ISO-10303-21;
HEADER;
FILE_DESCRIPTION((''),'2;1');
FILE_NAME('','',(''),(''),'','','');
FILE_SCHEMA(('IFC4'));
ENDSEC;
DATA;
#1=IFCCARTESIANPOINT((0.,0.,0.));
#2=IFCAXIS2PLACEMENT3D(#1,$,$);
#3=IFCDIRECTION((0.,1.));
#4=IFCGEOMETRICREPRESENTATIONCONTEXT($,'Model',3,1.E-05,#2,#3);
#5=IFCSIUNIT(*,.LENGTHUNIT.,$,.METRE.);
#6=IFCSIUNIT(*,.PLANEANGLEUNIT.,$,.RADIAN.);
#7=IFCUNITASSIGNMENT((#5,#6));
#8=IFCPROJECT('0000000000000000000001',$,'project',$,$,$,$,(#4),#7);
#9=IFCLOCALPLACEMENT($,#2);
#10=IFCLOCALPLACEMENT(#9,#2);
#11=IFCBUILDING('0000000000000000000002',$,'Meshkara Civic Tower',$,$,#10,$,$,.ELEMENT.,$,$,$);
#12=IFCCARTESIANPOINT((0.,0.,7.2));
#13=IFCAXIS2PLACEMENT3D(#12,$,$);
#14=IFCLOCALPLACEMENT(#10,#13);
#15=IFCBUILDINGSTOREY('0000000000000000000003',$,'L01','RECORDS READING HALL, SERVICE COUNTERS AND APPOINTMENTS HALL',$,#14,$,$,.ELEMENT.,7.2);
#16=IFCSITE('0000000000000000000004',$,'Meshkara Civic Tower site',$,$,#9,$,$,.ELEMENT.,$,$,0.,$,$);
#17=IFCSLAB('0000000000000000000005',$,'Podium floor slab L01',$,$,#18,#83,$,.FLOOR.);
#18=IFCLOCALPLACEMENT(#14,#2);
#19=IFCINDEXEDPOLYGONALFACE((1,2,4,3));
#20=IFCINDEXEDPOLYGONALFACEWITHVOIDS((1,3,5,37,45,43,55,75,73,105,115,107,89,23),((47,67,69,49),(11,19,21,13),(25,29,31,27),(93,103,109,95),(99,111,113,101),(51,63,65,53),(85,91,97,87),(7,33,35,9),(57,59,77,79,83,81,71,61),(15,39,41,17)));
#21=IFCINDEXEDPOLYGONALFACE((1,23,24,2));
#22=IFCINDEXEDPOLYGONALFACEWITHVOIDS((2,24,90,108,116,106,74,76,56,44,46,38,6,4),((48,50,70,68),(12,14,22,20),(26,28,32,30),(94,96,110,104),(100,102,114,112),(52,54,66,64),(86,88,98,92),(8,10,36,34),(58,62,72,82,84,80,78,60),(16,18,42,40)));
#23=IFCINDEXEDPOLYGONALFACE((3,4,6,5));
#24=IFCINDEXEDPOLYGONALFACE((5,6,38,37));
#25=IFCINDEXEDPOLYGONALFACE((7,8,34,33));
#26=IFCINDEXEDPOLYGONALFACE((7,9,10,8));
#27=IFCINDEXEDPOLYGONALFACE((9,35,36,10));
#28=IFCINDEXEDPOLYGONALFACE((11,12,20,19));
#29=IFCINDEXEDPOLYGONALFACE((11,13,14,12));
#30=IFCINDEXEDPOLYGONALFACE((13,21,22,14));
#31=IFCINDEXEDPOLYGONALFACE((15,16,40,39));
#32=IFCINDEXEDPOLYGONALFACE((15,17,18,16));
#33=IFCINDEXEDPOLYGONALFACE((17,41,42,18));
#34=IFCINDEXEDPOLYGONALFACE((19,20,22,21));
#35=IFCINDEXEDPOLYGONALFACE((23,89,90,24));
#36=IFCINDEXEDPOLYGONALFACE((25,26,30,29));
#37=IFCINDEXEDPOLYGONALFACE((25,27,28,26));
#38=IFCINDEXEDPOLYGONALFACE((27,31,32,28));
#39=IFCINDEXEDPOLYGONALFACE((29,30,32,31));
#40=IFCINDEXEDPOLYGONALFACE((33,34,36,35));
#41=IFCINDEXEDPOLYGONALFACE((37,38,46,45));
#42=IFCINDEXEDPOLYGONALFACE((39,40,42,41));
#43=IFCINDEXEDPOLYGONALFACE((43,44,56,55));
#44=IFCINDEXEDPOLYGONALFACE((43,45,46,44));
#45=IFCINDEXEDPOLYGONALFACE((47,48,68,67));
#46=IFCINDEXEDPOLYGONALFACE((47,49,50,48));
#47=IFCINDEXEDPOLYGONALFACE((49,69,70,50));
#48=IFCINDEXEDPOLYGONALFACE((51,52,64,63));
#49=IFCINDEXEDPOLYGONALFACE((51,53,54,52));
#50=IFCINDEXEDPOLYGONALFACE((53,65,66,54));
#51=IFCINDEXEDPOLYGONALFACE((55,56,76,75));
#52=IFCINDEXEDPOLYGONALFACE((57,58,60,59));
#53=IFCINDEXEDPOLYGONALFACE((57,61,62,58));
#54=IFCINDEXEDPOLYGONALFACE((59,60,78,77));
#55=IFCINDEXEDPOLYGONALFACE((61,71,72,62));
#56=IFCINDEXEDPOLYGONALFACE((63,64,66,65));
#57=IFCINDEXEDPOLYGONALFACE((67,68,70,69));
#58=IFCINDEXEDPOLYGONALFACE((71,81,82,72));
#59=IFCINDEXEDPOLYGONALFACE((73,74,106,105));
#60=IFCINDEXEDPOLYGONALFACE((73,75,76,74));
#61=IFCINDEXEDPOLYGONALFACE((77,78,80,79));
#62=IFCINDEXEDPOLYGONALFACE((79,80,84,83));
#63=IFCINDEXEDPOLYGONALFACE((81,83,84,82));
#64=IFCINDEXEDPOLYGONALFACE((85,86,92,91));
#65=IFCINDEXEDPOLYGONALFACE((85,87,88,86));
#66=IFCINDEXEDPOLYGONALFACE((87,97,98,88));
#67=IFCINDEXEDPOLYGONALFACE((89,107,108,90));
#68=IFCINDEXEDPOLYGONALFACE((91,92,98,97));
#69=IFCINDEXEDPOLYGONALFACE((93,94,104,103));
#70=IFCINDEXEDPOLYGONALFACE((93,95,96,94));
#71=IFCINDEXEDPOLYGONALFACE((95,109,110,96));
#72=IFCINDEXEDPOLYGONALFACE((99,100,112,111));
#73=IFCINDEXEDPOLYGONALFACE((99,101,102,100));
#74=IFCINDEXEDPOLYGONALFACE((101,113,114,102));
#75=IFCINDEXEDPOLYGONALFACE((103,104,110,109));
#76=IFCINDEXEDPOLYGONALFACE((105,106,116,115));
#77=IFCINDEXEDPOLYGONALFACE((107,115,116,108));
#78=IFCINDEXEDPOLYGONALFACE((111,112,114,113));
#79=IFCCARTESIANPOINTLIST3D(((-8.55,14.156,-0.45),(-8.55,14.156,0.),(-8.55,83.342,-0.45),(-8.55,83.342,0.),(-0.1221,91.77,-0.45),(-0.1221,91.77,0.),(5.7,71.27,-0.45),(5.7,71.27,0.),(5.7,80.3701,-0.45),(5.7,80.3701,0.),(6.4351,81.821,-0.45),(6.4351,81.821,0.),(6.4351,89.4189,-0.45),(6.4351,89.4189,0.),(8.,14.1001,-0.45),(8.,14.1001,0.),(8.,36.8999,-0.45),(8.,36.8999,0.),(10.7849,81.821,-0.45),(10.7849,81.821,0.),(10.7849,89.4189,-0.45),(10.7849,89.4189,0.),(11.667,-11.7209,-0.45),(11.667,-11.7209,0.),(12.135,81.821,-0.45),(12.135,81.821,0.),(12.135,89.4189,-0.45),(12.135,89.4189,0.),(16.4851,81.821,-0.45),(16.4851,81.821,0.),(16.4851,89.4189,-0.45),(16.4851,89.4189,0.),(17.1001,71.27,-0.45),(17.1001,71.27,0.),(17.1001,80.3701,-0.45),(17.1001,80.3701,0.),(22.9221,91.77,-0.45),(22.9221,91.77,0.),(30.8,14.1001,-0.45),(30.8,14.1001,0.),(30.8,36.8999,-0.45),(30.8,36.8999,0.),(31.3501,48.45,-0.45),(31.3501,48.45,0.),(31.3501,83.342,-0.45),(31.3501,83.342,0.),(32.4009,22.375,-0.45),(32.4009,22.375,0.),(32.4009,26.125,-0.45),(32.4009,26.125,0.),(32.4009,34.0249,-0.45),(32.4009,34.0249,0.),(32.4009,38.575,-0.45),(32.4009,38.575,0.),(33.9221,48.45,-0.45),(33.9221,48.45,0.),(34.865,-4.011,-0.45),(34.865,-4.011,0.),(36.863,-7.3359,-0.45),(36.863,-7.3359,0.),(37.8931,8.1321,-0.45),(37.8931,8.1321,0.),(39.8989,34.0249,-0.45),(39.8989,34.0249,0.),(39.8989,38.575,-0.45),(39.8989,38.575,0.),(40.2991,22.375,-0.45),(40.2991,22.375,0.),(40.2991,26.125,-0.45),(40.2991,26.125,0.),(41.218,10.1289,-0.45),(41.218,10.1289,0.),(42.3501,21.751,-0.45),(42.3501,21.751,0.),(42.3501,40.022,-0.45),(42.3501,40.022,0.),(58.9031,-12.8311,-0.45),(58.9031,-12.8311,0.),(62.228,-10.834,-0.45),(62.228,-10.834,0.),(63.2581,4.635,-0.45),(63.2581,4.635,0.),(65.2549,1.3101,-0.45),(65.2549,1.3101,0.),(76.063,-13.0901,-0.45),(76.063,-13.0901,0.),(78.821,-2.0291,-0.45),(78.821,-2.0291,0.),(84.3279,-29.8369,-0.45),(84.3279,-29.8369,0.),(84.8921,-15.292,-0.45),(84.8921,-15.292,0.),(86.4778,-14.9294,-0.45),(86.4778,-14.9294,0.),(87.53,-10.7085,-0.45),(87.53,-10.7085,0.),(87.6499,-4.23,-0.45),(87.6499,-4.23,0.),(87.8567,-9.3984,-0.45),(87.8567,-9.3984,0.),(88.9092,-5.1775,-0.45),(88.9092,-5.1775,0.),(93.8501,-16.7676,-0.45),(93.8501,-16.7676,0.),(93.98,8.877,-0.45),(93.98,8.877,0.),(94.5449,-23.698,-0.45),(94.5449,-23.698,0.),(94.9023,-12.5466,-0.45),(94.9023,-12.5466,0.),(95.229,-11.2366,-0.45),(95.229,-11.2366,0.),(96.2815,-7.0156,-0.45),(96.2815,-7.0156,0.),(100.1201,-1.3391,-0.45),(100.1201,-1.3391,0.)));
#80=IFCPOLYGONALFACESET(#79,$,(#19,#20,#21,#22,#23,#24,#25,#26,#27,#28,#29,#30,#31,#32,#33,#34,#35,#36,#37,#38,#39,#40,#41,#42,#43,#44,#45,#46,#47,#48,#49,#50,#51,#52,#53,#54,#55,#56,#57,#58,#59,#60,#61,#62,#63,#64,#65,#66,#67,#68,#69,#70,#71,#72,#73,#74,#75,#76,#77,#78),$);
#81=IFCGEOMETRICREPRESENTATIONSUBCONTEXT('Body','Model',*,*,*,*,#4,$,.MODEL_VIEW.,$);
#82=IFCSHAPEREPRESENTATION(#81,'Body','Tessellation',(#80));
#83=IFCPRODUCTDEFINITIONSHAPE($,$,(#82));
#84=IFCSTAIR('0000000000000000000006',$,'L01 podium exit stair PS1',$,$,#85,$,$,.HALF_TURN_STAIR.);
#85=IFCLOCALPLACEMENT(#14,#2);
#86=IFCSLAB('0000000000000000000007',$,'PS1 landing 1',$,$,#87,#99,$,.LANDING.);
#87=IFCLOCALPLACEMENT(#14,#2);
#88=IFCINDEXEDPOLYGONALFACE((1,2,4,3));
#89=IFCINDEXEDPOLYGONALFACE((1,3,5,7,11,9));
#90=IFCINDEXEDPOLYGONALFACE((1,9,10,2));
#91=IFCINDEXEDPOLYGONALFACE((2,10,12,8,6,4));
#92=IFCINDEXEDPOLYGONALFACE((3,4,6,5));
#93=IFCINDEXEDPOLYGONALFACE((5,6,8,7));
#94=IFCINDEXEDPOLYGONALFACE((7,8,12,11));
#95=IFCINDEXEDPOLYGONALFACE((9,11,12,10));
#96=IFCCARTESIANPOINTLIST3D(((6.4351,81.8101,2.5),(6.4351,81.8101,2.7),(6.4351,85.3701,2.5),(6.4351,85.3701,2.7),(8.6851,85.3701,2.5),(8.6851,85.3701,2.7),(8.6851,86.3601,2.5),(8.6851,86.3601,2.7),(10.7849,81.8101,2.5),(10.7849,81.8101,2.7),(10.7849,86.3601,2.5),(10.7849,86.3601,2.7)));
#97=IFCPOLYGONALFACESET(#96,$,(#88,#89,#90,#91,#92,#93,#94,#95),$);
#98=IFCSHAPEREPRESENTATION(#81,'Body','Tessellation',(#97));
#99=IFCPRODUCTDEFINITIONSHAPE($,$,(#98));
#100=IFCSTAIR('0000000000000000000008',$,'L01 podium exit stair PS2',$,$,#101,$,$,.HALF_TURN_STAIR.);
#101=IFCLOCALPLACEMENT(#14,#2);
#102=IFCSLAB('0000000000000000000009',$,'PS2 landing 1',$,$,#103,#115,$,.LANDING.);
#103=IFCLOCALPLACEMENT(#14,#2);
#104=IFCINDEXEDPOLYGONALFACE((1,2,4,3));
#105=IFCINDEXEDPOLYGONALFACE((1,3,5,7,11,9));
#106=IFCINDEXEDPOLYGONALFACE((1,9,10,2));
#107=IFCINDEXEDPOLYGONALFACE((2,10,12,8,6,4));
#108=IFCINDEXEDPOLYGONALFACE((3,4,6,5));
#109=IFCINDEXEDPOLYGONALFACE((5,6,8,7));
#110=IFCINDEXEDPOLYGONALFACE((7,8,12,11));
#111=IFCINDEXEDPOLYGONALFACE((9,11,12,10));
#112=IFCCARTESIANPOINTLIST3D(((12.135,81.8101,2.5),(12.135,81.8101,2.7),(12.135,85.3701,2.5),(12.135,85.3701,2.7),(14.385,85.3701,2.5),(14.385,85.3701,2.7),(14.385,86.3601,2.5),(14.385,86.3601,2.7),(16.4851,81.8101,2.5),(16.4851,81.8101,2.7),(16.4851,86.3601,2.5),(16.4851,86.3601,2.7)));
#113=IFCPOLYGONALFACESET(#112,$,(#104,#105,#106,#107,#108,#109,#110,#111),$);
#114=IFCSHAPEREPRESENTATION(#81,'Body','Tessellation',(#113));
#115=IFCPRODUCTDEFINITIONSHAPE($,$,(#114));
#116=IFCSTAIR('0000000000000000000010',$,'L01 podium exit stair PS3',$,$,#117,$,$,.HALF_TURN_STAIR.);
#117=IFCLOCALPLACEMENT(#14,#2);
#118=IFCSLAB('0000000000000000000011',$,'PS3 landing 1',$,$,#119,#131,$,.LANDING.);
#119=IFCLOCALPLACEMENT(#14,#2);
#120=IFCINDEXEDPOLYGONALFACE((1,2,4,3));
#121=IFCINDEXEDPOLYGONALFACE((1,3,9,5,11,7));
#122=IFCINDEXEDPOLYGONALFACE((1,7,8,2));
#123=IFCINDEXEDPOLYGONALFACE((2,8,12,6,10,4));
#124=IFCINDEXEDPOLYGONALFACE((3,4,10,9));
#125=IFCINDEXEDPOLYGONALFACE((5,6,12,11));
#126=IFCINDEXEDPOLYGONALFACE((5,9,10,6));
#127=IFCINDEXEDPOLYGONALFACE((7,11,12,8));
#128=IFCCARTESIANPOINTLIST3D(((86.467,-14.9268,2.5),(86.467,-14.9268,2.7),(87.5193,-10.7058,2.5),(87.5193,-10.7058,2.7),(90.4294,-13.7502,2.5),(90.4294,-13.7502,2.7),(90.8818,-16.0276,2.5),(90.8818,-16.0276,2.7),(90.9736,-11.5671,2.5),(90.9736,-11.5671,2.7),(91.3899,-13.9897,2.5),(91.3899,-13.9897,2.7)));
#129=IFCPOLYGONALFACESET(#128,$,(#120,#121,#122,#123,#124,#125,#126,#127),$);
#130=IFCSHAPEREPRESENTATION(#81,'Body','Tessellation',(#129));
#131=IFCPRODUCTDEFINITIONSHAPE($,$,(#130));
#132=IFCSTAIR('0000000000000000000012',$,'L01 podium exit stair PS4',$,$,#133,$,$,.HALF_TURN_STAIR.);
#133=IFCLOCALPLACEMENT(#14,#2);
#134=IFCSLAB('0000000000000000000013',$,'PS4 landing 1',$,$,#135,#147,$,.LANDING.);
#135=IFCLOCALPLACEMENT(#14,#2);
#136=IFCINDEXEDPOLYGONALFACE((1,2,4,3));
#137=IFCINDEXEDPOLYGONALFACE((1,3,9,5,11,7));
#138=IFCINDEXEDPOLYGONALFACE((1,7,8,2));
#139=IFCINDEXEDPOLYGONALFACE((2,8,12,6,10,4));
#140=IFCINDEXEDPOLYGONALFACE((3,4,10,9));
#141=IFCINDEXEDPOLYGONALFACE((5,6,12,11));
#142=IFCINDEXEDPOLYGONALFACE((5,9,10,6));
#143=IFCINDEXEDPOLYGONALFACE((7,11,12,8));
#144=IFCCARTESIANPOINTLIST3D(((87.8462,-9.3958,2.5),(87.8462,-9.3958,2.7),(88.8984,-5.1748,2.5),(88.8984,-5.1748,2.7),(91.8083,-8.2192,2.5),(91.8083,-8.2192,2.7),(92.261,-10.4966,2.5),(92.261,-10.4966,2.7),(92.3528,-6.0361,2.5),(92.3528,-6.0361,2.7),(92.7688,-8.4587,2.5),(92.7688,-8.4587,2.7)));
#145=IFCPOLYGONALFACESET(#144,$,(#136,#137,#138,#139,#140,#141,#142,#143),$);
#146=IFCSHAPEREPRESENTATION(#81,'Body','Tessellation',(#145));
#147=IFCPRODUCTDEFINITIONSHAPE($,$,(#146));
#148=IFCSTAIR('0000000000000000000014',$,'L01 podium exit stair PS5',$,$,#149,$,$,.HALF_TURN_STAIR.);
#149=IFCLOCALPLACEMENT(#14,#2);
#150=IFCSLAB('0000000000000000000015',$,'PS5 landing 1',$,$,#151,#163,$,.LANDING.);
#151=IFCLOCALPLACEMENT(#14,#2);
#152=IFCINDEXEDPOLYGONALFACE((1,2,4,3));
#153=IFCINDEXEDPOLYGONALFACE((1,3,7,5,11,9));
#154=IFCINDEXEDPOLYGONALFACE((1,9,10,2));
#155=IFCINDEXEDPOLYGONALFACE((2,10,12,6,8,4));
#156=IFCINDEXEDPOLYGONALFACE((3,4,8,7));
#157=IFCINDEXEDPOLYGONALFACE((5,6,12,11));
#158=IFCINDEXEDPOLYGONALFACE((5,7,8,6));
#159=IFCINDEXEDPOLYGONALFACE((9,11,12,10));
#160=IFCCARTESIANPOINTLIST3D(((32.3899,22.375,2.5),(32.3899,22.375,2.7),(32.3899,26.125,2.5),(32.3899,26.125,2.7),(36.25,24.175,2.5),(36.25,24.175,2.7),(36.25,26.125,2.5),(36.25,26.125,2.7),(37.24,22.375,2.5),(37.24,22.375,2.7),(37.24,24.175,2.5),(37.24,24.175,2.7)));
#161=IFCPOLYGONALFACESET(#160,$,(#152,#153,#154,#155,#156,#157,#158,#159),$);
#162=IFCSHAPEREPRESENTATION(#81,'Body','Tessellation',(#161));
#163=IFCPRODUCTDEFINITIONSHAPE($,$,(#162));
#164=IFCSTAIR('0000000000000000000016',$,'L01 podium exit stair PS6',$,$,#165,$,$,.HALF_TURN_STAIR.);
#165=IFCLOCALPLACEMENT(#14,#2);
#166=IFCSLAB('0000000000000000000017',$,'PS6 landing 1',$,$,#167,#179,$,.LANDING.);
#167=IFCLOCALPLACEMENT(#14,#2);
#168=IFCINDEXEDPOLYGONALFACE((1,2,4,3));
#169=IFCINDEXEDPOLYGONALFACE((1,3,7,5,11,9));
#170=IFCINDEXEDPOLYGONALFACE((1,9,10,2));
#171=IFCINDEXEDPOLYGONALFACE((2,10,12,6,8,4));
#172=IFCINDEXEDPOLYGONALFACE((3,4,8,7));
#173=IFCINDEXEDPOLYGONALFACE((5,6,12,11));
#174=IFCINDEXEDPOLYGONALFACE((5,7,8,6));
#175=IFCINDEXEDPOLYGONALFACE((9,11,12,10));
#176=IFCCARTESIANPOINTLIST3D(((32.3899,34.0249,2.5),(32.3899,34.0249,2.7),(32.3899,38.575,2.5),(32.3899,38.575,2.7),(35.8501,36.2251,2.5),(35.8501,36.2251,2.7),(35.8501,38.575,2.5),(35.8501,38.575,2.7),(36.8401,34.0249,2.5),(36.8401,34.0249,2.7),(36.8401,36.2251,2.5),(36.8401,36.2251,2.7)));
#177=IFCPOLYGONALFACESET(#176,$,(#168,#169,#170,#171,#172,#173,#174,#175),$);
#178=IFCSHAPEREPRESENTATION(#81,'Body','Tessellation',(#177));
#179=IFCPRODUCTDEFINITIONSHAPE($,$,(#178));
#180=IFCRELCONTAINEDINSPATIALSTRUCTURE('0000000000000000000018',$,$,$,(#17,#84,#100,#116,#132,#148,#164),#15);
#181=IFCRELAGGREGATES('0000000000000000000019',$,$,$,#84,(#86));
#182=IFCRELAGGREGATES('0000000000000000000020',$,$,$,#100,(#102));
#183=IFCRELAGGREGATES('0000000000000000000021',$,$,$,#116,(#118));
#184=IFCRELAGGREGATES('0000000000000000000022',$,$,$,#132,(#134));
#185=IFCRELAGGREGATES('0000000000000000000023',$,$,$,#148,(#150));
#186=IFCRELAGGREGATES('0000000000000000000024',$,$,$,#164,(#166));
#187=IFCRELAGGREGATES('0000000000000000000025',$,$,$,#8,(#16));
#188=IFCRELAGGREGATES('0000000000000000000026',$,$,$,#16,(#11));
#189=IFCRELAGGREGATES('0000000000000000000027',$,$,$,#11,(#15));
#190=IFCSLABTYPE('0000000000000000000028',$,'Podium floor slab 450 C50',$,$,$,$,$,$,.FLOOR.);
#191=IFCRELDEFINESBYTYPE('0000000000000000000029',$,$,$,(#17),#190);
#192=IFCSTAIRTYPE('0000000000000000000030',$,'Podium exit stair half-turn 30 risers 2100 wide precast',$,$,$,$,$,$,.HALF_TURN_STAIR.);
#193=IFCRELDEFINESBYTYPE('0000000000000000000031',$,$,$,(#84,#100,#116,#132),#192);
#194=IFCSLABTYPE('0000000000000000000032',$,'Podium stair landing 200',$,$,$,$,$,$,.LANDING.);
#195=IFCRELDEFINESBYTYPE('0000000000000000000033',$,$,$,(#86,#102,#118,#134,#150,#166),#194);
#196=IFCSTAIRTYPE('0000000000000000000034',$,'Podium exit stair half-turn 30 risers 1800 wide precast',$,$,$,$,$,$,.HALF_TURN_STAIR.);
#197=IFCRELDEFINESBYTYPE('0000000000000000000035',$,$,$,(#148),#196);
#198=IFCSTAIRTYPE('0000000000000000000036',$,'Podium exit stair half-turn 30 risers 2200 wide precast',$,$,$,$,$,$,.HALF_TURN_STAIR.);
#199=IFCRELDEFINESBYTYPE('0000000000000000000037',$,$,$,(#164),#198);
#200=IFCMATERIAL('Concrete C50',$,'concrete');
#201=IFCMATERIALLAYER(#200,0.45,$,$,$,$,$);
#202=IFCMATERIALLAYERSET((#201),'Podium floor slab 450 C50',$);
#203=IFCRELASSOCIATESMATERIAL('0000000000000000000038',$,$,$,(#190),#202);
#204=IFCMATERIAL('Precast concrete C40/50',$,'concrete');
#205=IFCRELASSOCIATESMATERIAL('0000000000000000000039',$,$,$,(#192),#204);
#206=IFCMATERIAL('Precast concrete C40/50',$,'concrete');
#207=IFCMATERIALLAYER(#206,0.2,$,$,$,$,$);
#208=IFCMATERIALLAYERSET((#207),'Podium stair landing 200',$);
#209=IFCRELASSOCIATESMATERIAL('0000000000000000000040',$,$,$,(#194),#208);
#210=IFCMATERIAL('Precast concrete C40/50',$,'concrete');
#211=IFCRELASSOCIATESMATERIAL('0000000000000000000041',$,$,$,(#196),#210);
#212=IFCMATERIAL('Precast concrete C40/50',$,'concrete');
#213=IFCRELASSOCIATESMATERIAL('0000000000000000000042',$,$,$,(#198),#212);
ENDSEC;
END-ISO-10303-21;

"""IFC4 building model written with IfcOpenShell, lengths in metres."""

from ifc_helpers import new_model, si_unit, direction, frame, origin, place, context, subcontext, project, spatial, polyline, outline, extrude, material, layer, layer_set, type_object, element, aggregate, save


model = new_model("IFC4")

# Units and contexts
model_context = context("Model", 3, precision=1e-05, world=origin(), true_north=direction((0.0, 1.0)))
body_context = subcontext(model_context, "Body", "Model", "MODEL_VIEW")
ifc_project = project(units=[si_unit("LENGTHUNIT", "METRE"), si_unit("PLANEANGLEUNIT", "RADIAN")], contexts=[model_context])

# Site, building, storey
site_placement = place(None, origin())
site = spatial("IfcSite", under=ifc_project, at=site_placement, Name="Meshkara Civic Tower site", CompositionType="ELEMENT", RefElevation=0.0)
building_placement = place(site_placement, origin())
building = spatial("IfcBuilding", under=site, at=building_placement, Name="Meshkara Civic Tower", CompositionType="ELEMENT")
storey_placement = place(building_placement, frame((0.0, 0.0, 7.2)))
storey = spatial("IfcBuildingStorey", under=building, at=storey_placement, Name="L01", Description="RECORDS READING HALL, SERVICE COUNTERS AND APPOINTMENTS HALL", CompositionType="ELEMENT", Elevation=7.2)

# Slab
ifc_material_1 = material(Name="Concrete C50", Category="concrete")
ifc_layer_1 = layer(ifc_material_1, 0.45)
ifc_layer_set_1 = layer_set([ifc_layer_1], Name="Podium floor slab 450 C50")
slab_type_1 = type_object("IfcSlabType", Name="Podium floor slab 450 C50", PredefinedType="FLOOR", material=ifc_layer_set_1)
slab_1_placement = place(storey_placement, frame((0.0, 0.0, -0.45)))
element("IfcSlab", 1, at=slab_1_placement, inside=storey, type_object=slab_type_1, Name="Podium floor slab L01", PredefinedType="FLOOR", context=body_context, shape_type="SweptSolid", body=[
    extrude(outline(polyline([(33.9221, 48.45), (42.3501, 40.022), (42.3501, 21.751), (93.98, 8.877), (100.1201, -1.3391), (94.5449, -23.698), (84.3279, -29.8369), (11.667, -11.7209), (-8.55, 14.156), (-8.55, 83.342), (-0.1221, 91.77), (22.9221, 91.77), (31.3501, 83.342), (31.3501, 48.45), (33.9221, 48.45)]), holes=[polyline([(30.8, 14.1001), (30.8, 36.8999), (8.0, 36.8999), (8.0, 14.1001), (30.8, 14.1001)]), polyline([(32.4009, 34.0249), (39.8989, 34.0249), (39.8989, 38.575), (32.4009, 38.575), (32.4009, 34.0249)]), polyline([(5.7, 80.3701), (5.7, 71.27), (17.1001, 71.27), (17.1001, 80.3701), (5.7, 80.3701)]), polyline([(10.7849, 81.821), (10.7849, 89.4189), (6.4351, 89.4189), (6.4351, 81.821), (10.7849, 81.821)]), polyline([(16.4851, 89.4189), (12.135, 89.4189), (12.135, 81.821), (16.4851, 81.821), (16.4851, 89.4189)]), polyline([(86.4778, -14.9294), (93.8501, -16.7676), (94.9023, -12.5466), (87.53, -10.7085), (86.4778, -14.9294)]), polyline([(87.6499, -4.23), (78.821, -2.0291), (76.063, -13.0901), (84.8921, -15.292), (87.6499, -4.23)]), polyline([(87.8567, -9.3984), (95.229, -11.2366), (96.2815, -7.0156), (88.9092, -5.1775), (87.8567, -9.3984)]), polyline([(34.865, -4.011), (36.863, -7.3359), (58.9031, -12.8311), (62.228, -10.834), (65.2549, 1.3101), (63.2581, 4.635), (41.218, 10.1289), (37.8931, 8.1321), (34.865, -4.011)]), polyline([(32.4009, 22.375), (40.2991, 22.375), (40.2991, 26.125), (32.4009, 26.125), (32.4009, 22.375)])]), origin(), (0.0, 0.0, 1.0), 0.45),
])

# Stairs, slabs
ifc_material_2 = material(Name="Precast concrete C40/50", Category="concrete")
stair_type_1 = type_object("IfcStairType", Name="Podium exit stair half-turn 30 risers 2100 wide precast", PredefinedType="HALF_TURN_STAIR", material=ifc_material_2)
stair_1_placement = place(storey_placement, origin())
stair_1 = element("IfcStair", 2, at=stair_1_placement, inside=storey, type_object=stair_type_1, Name="L01 podium exit stair PS1", PredefinedType="HALF_TURN_STAIR")
ifc_material_3 = material(Name="Precast concrete C40/50", Category="concrete")
ifc_layer_2 = layer(ifc_material_3, 0.2)
ifc_layer_set_2 = layer_set([ifc_layer_2], Name="Podium stair landing 200")
slab_type_2 = type_object("IfcSlabType", Name="Podium stair landing 200", PredefinedType="LANDING", material=ifc_layer_set_2)
slab_2_placement = place(storey_placement, frame((0.0, 0.0, 2.5)))
slab_2 = element("IfcSlab", 3, at=slab_2_placement, type_object=slab_type_2, Name="PS1 landing 1", PredefinedType="LANDING", context=body_context, shape_type="SweptSolid", body=[
    extrude(outline(polyline([(10.7849, 81.8101), (6.4351, 81.8101), (6.4351, 85.3701), (8.6851, 85.3701), (8.6851, 86.3601), (10.7849, 86.3601), (10.7849, 81.8101)])), origin(), (0.0, 0.0, 1.0), 0.2),
])
aggregate(stair_1, [slab_2])
stair_2_placement = place(storey_placement, origin())
stair_2 = element("IfcStair", 4, at=stair_2_placement, inside=storey, type_object=stair_type_1, Name="L01 podium exit stair PS2", PredefinedType="HALF_TURN_STAIR")
slab_3_placement = place(storey_placement, frame((0.0, 0.0, 2.5)))
slab_3 = element("IfcSlab", 5, at=slab_3_placement, type_object=slab_type_2, Name="PS2 landing 1", PredefinedType="LANDING", context=body_context, shape_type="SweptSolid", body=[
    extrude(outline(polyline([(16.4851, 81.8101), (12.135, 81.8101), (12.135, 85.3701), (14.385, 85.3701), (14.385, 86.3601), (16.4851, 86.3601), (16.4851, 81.8101)])), origin(), (0.0, 0.0, 1.0), 0.2),
])
aggregate(stair_2, [slab_3])
stair_3_placement = place(storey_placement, origin())
stair_3 = element("IfcStair", 6, at=stair_3_placement, inside=storey, type_object=stair_type_1, Name="L01 podium exit stair PS3", PredefinedType="HALF_TURN_STAIR")
slab_4_placement = place(storey_placement, frame((0.0, 0.0, 2.5)))
slab_4 = element("IfcSlab", 7, at=slab_4_placement, type_object=slab_type_2, Name="PS3 landing 1", PredefinedType="LANDING", context=body_context, shape_type="SweptSolid", body=[
    extrude(outline(polyline([(91.3899, -13.9897), (90.8818, -16.0276), (86.467, -14.9268), (87.5193, -10.7058), (90.9736, -11.5671), (90.4294, -13.7502), (91.3899, -13.9897)])), origin(), (0.0, 0.0, 1.0), 0.2),
])
aggregate(stair_3, [slab_4])
stair_4_placement = place(storey_placement, origin())
stair_4 = element("IfcStair", 8, at=stair_4_placement, inside=storey, type_object=stair_type_1, Name="L01 podium exit stair PS4", PredefinedType="HALF_TURN_STAIR")
slab_5_placement = place(storey_placement, frame((0.0, 0.0, 2.5)))
slab_5 = element("IfcSlab", 9, at=slab_5_placement, type_object=slab_type_2, Name="PS4 landing 1", PredefinedType="LANDING", context=body_context, shape_type="SweptSolid", body=[
    extrude(outline(polyline([(92.7688, -8.4587), (92.261, -10.4966), (87.8462, -9.3958), (88.8984, -5.1748), (92.3528, -6.0361), (91.8083, -8.2192), (92.7688, -8.4587)])), origin(), (0.0, 0.0, 1.0), 0.2),
])
aggregate(stair_4, [slab_5])
ifc_material_4 = material(Name="Precast concrete C40/50", Category="concrete")
stair_type_2 = type_object("IfcStairType", Name="Podium exit stair half-turn 30 risers 1800 wide precast", PredefinedType="HALF_TURN_STAIR", material=ifc_material_4)
stair_5_placement = place(storey_placement, origin())
stair_5 = element("IfcStair", 10, at=stair_5_placement, inside=storey, type_object=stair_type_2, Name="L01 podium exit stair PS5", PredefinedType="HALF_TURN_STAIR")
slab_6_placement = place(storey_placement, frame((0.0, 0.0, 2.5)))
slab_6 = element("IfcSlab", 11, at=slab_6_placement, type_object=slab_type_2, Name="PS5 landing 1", PredefinedType="LANDING", context=body_context, shape_type="SweptSolid", body=[
    extrude(outline(polyline([(37.24, 24.175), (37.24, 22.375), (32.3899, 22.375), (32.3899, 26.125), (36.25, 26.125), (36.25, 24.175), (37.24, 24.175)])), origin(), (0.0, 0.0, 1.0), 0.2),
])
aggregate(stair_5, [slab_6])
ifc_material_5 = material(Name="Precast concrete C40/50", Category="concrete")
stair_type_3 = type_object("IfcStairType", Name="Podium exit stair half-turn 30 risers 2200 wide precast", PredefinedType="HALF_TURN_STAIR", material=ifc_material_5)
stair_6_placement = place(storey_placement, origin())
stair_6 = element("IfcStair", 12, at=stair_6_placement, inside=storey, type_object=stair_type_3, Name="L01 podium exit stair PS6", PredefinedType="HALF_TURN_STAIR")
slab_7_placement = place(storey_placement, frame((0.0, 0.0, 2.5)))
slab_7 = element("IfcSlab", 13, at=slab_7_placement, type_object=slab_type_2, Name="PS6 landing 1", PredefinedType="LANDING", context=body_context, shape_type="SweptSolid", body=[
    extrude(outline(polyline([(36.8401, 36.2251), (36.8401, 34.0249), (32.3899, 34.0249), (32.3899, 38.575), (35.8501, 38.575), (35.8501, 36.2251), (36.8401, 36.2251)])), origin(), (0.0, 0.0, 1.0), 0.2),
])
aggregate(stair_6, [slab_7])

save(model, "model.ifc")
